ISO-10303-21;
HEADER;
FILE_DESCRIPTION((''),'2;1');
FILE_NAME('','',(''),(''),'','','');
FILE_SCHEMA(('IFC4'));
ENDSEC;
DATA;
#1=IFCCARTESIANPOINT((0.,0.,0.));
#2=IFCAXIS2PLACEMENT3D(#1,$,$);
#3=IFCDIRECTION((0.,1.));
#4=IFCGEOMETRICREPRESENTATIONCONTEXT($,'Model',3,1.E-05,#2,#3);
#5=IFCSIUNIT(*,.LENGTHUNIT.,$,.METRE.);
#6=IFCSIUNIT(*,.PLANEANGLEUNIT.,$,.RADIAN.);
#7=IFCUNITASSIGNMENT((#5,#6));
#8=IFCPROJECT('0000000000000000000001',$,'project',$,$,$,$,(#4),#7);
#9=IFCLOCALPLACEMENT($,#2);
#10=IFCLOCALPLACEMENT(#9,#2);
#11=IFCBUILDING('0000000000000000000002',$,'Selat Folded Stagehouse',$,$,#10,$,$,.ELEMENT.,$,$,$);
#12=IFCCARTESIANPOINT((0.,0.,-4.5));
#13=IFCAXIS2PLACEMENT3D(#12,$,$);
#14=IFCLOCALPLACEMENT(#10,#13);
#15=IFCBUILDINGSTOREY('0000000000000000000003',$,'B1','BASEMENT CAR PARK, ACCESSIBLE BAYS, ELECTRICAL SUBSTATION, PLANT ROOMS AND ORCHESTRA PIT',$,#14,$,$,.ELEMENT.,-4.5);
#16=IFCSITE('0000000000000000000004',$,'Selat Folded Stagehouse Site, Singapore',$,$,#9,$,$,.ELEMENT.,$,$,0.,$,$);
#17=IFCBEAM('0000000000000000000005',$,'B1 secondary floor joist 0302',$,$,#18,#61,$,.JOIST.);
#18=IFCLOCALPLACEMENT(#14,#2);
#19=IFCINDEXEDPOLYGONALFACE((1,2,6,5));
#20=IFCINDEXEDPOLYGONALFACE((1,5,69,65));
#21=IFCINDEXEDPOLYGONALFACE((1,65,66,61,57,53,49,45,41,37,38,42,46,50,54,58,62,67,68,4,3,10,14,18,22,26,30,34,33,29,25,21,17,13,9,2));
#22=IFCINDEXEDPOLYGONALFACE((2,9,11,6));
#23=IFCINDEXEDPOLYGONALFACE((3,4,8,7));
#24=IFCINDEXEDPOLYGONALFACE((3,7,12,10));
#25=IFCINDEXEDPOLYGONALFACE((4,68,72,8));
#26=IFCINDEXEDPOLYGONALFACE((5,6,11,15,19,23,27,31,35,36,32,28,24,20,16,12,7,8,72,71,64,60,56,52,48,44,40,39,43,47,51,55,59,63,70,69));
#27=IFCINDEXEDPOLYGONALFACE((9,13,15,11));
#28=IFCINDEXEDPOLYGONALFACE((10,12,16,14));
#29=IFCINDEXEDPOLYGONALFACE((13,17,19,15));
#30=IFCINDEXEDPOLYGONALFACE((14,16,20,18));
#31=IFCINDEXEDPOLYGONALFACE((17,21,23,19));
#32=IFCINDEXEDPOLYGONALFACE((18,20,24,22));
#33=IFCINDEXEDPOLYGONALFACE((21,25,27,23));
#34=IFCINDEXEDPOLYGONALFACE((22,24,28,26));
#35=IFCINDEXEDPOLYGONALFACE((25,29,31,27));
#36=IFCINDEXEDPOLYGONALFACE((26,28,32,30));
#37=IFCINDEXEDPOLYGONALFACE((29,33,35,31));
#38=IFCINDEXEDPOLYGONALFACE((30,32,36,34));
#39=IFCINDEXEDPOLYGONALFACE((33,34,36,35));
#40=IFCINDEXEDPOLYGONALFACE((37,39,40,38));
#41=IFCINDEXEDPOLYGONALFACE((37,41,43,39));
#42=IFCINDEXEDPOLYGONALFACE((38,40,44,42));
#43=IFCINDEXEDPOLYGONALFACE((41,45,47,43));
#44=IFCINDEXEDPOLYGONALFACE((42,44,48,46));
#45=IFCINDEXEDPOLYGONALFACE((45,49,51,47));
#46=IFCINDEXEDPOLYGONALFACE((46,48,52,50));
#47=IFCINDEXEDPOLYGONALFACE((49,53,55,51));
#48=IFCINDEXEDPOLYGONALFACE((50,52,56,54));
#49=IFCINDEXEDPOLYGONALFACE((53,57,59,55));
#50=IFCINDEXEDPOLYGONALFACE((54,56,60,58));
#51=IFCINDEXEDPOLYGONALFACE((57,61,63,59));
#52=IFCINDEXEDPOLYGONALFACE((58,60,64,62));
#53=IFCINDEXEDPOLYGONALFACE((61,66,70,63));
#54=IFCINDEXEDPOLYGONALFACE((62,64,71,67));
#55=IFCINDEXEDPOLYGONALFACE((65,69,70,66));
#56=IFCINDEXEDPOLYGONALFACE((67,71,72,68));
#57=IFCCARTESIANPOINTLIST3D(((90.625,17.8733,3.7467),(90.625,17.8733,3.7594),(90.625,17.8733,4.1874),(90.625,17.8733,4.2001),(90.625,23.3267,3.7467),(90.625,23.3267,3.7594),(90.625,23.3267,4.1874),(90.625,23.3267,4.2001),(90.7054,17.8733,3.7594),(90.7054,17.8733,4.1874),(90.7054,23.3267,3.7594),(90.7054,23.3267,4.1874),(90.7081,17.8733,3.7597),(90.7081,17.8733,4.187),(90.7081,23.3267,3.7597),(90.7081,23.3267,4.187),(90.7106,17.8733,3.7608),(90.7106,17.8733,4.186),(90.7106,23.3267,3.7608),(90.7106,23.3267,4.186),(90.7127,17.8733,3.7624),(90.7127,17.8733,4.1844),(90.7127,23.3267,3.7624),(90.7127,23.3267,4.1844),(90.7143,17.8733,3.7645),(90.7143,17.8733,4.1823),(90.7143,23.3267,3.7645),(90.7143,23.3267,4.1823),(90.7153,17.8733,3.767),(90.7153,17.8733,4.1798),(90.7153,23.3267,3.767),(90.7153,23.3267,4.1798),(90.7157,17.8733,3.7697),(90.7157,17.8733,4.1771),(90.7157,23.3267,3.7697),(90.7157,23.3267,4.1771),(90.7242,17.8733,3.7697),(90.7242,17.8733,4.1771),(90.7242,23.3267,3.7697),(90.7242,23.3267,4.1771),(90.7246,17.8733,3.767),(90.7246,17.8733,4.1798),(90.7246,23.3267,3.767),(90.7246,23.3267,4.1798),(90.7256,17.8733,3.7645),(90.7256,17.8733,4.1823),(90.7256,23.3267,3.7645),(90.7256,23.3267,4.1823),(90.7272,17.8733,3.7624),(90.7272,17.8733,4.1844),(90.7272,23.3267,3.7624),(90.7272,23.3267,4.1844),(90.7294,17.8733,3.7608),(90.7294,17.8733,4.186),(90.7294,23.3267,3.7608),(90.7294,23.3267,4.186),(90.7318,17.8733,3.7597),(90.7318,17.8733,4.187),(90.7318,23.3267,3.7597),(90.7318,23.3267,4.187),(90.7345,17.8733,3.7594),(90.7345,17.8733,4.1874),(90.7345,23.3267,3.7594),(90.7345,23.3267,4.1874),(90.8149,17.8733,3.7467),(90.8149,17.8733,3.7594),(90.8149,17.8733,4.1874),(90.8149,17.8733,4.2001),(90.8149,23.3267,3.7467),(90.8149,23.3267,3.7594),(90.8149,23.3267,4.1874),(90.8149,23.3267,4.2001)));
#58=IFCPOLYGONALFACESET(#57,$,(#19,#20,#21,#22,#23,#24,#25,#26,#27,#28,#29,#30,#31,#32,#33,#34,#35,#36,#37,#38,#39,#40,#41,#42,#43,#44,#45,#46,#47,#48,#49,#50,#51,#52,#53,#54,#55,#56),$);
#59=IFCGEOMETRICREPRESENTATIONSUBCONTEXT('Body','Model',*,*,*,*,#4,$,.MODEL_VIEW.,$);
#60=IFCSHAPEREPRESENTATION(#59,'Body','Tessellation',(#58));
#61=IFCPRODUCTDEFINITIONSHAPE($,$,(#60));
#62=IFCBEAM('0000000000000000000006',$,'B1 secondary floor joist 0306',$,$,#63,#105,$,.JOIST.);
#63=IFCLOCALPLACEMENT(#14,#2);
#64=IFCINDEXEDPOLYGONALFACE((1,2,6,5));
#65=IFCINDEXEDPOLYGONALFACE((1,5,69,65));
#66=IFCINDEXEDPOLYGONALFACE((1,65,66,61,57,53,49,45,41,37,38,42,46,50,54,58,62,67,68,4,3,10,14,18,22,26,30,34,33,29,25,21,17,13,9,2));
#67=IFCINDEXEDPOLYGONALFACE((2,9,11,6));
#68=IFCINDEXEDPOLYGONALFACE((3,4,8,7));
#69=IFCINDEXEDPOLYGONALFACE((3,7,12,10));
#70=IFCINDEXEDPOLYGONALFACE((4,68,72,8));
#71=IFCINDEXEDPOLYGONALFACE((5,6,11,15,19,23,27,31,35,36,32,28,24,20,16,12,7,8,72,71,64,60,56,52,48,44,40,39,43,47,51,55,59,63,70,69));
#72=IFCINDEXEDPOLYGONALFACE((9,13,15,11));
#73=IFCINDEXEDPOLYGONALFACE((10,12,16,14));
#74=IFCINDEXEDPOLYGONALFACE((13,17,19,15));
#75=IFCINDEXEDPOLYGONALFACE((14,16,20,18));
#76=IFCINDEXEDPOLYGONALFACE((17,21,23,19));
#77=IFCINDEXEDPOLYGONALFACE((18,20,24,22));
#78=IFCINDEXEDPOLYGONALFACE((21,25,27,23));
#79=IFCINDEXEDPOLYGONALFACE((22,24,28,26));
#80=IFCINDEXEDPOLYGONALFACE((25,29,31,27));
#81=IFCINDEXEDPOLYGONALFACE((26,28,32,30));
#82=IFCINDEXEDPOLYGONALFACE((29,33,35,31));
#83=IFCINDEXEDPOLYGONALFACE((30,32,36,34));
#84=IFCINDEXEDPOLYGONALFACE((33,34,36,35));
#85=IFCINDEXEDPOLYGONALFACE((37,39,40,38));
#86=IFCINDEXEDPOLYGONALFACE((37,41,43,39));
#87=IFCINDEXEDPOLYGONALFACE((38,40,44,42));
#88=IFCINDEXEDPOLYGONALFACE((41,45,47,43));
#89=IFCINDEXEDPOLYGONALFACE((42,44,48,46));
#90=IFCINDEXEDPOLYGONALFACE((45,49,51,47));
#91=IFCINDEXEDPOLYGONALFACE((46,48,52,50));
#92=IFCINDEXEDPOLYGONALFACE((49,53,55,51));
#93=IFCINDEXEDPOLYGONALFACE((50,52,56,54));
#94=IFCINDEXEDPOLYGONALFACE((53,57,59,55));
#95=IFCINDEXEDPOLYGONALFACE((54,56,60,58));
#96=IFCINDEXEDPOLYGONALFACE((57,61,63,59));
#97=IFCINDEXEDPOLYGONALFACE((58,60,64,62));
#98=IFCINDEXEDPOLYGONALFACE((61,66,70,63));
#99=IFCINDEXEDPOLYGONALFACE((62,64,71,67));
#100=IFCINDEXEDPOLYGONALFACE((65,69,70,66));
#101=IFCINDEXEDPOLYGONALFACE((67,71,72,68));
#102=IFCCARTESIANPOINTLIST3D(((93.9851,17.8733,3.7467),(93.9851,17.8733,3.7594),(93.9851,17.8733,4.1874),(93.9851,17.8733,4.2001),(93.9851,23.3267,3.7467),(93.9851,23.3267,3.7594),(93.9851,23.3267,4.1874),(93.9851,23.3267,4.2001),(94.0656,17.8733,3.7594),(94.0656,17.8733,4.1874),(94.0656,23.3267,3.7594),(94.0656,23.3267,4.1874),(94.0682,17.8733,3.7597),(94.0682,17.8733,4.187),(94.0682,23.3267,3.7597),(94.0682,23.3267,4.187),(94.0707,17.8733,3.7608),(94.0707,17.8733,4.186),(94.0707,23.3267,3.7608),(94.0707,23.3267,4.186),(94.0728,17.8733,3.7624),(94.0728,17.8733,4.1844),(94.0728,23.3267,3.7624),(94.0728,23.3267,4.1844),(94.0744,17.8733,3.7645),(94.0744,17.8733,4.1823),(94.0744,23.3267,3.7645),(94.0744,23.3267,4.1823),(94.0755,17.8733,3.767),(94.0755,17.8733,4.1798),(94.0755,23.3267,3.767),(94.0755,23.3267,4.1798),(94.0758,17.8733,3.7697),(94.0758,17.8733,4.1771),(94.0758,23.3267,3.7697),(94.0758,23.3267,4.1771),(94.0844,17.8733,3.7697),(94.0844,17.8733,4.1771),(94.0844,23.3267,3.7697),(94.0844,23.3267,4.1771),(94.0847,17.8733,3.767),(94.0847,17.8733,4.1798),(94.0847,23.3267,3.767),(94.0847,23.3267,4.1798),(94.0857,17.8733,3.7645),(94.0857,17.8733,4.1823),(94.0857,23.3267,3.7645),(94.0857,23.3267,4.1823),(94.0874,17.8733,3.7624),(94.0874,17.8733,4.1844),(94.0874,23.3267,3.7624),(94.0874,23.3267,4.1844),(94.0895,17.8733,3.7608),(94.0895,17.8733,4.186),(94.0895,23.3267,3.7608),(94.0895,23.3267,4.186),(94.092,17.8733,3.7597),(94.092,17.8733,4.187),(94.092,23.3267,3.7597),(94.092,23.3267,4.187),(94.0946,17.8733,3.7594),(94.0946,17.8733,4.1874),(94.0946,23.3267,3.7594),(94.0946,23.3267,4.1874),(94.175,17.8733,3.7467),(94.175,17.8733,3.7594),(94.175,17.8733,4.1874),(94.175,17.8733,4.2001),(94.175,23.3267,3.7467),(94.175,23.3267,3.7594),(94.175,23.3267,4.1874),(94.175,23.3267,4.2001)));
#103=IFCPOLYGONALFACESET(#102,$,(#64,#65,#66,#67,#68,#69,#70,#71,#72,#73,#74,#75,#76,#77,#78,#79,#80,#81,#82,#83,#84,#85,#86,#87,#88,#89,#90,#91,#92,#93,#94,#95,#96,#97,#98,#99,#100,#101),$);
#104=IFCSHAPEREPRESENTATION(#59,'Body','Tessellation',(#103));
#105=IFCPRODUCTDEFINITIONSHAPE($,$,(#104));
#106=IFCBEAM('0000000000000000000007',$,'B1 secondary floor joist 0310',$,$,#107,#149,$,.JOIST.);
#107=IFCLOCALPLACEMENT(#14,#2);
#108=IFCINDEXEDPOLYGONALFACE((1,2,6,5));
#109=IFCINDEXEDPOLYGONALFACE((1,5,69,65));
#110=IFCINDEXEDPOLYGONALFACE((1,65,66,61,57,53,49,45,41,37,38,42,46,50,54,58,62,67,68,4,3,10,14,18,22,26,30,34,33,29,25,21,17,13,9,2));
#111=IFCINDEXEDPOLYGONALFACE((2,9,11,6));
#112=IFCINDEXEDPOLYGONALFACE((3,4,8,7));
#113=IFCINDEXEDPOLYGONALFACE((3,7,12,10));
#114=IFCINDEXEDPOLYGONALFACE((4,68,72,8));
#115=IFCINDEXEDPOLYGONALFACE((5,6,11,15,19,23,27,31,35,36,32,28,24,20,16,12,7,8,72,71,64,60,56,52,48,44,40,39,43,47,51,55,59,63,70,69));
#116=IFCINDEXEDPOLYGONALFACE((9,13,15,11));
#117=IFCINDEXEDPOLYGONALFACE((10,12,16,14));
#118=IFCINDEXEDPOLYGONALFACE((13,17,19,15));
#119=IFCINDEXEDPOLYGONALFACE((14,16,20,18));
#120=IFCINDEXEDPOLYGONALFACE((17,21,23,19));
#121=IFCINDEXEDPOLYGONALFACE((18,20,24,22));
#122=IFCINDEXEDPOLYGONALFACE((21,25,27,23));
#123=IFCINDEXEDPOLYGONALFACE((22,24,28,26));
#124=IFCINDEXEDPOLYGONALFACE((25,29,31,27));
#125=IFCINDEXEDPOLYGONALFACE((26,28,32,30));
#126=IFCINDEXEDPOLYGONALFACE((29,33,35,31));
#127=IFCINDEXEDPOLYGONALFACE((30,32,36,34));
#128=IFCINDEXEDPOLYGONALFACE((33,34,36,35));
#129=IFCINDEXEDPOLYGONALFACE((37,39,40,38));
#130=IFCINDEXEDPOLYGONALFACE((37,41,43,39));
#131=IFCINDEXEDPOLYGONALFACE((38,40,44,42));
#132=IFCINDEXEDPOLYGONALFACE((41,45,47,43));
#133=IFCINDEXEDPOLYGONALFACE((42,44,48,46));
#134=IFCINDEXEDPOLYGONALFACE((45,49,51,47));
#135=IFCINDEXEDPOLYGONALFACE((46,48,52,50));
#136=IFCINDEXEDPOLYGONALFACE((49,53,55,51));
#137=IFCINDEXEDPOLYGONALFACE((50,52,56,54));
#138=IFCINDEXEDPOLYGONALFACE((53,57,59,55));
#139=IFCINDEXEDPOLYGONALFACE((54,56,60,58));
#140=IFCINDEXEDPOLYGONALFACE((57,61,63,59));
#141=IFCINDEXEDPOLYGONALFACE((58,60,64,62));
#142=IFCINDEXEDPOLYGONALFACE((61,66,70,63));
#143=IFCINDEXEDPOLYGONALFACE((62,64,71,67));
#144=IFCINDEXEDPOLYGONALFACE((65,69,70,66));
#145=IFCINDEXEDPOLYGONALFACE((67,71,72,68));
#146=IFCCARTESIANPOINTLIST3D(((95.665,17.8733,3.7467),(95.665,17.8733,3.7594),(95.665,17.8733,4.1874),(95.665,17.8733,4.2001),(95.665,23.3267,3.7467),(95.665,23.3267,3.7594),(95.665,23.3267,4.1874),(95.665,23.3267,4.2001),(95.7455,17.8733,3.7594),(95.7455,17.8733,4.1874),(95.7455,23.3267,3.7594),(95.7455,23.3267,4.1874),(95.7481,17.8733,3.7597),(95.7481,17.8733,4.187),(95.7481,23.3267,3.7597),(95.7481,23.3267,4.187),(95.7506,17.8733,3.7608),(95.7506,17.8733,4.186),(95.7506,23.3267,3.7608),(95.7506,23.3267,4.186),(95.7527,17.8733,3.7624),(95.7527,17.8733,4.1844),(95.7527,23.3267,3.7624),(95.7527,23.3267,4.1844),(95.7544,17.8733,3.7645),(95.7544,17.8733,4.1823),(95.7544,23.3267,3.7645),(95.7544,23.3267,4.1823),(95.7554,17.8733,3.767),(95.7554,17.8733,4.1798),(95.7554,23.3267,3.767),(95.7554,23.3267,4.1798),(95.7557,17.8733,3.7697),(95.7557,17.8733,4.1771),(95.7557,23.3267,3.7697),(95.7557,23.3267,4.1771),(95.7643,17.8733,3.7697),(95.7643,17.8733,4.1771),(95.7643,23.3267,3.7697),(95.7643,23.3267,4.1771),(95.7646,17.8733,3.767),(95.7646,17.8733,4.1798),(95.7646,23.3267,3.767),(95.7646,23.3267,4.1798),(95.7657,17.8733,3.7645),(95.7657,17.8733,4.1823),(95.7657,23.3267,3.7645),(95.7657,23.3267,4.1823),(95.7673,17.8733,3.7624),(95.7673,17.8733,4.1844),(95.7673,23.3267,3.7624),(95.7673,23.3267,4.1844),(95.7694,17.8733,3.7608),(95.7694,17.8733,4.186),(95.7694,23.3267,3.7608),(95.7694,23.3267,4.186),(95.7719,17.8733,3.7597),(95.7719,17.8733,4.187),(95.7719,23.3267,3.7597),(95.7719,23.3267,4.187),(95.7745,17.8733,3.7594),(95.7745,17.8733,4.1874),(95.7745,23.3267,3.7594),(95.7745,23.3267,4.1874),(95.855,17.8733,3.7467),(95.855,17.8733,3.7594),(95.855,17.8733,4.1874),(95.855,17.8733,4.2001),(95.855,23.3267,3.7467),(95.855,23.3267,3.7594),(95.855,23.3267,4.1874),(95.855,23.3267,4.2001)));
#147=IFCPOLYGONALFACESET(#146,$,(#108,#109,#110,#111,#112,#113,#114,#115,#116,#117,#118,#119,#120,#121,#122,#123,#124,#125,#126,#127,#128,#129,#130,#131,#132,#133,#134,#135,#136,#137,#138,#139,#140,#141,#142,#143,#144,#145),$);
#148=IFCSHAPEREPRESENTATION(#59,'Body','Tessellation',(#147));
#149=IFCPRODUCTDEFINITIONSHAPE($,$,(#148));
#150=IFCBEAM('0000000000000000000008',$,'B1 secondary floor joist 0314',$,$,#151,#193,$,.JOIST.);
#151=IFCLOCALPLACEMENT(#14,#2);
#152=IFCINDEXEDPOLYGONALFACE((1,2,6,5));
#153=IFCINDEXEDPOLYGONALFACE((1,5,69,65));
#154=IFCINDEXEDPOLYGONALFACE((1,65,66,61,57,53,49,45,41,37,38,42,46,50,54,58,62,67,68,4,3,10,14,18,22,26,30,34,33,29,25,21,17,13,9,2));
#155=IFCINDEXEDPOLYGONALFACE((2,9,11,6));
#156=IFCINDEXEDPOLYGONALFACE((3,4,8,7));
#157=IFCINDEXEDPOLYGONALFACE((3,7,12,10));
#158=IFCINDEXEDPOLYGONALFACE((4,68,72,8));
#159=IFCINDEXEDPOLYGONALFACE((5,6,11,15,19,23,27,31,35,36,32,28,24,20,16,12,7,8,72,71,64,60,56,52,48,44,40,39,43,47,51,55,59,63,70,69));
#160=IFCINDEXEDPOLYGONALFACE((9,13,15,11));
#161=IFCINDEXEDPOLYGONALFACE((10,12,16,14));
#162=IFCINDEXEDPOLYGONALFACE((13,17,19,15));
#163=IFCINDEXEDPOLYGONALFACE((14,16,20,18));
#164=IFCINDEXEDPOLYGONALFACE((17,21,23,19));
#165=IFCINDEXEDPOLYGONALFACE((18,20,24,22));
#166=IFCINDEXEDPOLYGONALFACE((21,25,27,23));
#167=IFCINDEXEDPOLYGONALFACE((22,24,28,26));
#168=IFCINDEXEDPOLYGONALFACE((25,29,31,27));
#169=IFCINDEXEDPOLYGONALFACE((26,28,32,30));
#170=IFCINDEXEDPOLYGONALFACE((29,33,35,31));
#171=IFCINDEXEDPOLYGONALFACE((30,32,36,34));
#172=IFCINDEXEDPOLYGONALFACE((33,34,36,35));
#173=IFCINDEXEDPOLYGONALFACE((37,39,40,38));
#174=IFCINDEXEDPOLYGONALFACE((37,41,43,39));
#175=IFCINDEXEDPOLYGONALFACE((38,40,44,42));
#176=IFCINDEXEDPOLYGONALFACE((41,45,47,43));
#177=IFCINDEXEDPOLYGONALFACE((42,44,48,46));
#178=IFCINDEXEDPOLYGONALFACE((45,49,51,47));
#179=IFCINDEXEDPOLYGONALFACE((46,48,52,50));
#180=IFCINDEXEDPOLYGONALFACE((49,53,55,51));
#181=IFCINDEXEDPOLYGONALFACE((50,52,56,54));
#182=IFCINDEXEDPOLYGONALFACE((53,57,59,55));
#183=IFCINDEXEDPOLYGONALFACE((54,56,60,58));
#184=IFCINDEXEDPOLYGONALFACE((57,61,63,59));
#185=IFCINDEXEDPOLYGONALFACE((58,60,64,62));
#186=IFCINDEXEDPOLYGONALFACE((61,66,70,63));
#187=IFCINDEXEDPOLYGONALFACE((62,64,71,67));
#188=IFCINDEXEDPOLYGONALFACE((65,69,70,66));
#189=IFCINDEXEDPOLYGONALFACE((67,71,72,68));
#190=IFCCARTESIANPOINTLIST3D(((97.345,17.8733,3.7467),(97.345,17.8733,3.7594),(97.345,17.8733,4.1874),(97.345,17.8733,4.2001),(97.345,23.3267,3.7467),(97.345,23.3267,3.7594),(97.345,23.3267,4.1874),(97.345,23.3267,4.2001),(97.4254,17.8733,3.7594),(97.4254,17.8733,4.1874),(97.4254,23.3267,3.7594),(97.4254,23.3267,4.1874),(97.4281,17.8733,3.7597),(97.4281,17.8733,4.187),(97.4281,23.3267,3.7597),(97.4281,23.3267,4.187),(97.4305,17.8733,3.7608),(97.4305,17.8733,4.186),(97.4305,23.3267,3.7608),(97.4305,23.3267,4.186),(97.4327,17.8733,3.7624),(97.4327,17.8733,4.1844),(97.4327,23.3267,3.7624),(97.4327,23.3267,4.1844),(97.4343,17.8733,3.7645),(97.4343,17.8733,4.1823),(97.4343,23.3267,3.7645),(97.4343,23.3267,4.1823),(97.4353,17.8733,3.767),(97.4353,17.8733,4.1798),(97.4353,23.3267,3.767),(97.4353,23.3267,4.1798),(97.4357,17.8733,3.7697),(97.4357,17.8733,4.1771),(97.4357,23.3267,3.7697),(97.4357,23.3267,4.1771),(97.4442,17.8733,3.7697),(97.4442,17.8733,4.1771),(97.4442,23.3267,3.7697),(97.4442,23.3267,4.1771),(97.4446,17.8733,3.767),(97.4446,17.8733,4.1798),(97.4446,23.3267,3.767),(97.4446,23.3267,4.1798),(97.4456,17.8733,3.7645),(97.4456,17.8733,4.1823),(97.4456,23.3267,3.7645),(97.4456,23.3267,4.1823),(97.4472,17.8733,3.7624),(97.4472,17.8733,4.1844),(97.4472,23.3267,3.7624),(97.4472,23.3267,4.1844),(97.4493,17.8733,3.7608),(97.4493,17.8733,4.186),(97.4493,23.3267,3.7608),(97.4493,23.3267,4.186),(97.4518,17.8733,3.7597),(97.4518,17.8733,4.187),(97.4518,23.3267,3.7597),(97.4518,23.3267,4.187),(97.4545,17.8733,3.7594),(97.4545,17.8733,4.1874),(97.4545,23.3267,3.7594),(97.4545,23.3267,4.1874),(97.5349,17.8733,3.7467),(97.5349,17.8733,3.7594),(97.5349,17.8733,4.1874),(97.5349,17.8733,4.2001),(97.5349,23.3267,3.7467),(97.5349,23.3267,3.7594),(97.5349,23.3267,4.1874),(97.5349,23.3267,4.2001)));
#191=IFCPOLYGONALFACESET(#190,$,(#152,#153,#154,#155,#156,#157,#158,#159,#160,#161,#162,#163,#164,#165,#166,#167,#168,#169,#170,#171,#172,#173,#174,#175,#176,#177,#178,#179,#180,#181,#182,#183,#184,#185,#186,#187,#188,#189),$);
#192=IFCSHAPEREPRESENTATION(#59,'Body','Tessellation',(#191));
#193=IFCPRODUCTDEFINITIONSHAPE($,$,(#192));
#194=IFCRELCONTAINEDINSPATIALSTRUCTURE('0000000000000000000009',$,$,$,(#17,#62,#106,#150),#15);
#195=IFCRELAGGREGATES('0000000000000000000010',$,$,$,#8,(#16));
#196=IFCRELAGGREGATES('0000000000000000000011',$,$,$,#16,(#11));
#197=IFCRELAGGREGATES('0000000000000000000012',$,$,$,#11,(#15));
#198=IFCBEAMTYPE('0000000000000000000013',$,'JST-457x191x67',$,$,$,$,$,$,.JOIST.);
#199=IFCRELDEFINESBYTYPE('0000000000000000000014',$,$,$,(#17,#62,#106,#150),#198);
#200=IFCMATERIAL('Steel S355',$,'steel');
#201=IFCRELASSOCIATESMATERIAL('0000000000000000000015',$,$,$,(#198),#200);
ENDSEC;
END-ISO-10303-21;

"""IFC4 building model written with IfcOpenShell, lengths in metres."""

from ifc_helpers import new_model, si_unit, direction, frame, origin, origin_2d, place, context, subcontext, project, spatial, i_section, extrude, material, material_profile, profile_set, type_object, element, save


model = new_model("IFC4")

# Units and contexts
model_context = context("Model", 3, precision=1e-05, world=origin(), true_north=direction((0.0, 1.0)))
body_context = subcontext(model_context, "Body", "Model", "MODEL_VIEW")
ifc_project = project(units=[si_unit("LENGTHUNIT", "METRE"), si_unit("PLANEANGLEUNIT", "RADIAN")], contexts=[model_context])

# Site, building, storey
site_placement = place(None, origin())
site = spatial("IfcSite", under=ifc_project, at=site_placement, Name="Selat Folded Stagehouse Site, Singapore", CompositionType="ELEMENT", RefElevation=0.0)
building_placement = place(site_placement, origin())
building = spatial("IfcBuilding", under=site, at=building_placement, Name="Selat Folded Stagehouse", CompositionType="ELEMENT")
storey_placement = place(building_placement, frame((0.0, 0.0, -4.5)))
storey = spatial("IfcBuildingStorey", under=building, at=storey_placement, Name="B1", Description="BASEMENT CAR PARK, ACCESSIBLE BAYS, ELECTRICAL SUBSTATION, PLANT ROOMS AND ORCHESTRA PIT", CompositionType="ELEMENT", Elevation=-4.5)

# Beams
ifc_material_1 = material(Name="Steel S355", Category="steel")
ifc_material_profile_1 = material_profile(ifc_material_1, i_section(OverallWidth=0.1899, OverallDepth=0.4534, WebThickness=0.0085, FlangeThickness=0.0127, FilletRadius=0.0103, at=origin_2d()), Name="UKB 457x191x67")
ifc_profile_set_1 = profile_set([ifc_material_profile_1], Name="Steel S355")
beam_type_1 = type_object("IfcBeamType", Name="JST-457x191x67", PredefinedType="JOIST", material=ifc_profile_set_1)
for number, where, z_axis, x_axis, name in (
    (1, (90.72, 17.8733, 3.9734), (0.0, 1.0, 0.0), (-1.0, 0.0, 0.0), "B1 secondary floor joist 0302"),
    (2, (94.0801, 17.8733, 3.9734), (0.0, 1.0, 0.0), (-1.0, 0.0, 0.0), "B1 secondary floor joist 0306"),
    (3, (95.76, 17.8733, 3.9734), (0.0, 1.0, 0.0), (-1.0, 0.0, 0.0), "B1 secondary floor joist 0310"),
    (4, (97.4399, 17.8733, 3.9734), (0.0, 1.0, 0.0), (-1.0, 0.0, 0.0), "B1 secondary floor joist 0314"),
):
    element("IfcBeam", number, at=place(storey_placement, frame(where, z_axis=z_axis, x_axis=x_axis)), inside=storey, type_object=beam_type_1, Name=name, PredefinedType="JOIST", context=body_context, shape_type="SweptSolid", body=[
        extrude(i_section(OverallWidth=0.1899, OverallDepth=0.4534, WebThickness=0.0085, FlangeThickness=0.0127, FilletRadius=0.0103, at=origin_2d()), origin(), (0.0, 0.0, 1.0), 5.4534),
    ])

save(model, "model.ifc")
